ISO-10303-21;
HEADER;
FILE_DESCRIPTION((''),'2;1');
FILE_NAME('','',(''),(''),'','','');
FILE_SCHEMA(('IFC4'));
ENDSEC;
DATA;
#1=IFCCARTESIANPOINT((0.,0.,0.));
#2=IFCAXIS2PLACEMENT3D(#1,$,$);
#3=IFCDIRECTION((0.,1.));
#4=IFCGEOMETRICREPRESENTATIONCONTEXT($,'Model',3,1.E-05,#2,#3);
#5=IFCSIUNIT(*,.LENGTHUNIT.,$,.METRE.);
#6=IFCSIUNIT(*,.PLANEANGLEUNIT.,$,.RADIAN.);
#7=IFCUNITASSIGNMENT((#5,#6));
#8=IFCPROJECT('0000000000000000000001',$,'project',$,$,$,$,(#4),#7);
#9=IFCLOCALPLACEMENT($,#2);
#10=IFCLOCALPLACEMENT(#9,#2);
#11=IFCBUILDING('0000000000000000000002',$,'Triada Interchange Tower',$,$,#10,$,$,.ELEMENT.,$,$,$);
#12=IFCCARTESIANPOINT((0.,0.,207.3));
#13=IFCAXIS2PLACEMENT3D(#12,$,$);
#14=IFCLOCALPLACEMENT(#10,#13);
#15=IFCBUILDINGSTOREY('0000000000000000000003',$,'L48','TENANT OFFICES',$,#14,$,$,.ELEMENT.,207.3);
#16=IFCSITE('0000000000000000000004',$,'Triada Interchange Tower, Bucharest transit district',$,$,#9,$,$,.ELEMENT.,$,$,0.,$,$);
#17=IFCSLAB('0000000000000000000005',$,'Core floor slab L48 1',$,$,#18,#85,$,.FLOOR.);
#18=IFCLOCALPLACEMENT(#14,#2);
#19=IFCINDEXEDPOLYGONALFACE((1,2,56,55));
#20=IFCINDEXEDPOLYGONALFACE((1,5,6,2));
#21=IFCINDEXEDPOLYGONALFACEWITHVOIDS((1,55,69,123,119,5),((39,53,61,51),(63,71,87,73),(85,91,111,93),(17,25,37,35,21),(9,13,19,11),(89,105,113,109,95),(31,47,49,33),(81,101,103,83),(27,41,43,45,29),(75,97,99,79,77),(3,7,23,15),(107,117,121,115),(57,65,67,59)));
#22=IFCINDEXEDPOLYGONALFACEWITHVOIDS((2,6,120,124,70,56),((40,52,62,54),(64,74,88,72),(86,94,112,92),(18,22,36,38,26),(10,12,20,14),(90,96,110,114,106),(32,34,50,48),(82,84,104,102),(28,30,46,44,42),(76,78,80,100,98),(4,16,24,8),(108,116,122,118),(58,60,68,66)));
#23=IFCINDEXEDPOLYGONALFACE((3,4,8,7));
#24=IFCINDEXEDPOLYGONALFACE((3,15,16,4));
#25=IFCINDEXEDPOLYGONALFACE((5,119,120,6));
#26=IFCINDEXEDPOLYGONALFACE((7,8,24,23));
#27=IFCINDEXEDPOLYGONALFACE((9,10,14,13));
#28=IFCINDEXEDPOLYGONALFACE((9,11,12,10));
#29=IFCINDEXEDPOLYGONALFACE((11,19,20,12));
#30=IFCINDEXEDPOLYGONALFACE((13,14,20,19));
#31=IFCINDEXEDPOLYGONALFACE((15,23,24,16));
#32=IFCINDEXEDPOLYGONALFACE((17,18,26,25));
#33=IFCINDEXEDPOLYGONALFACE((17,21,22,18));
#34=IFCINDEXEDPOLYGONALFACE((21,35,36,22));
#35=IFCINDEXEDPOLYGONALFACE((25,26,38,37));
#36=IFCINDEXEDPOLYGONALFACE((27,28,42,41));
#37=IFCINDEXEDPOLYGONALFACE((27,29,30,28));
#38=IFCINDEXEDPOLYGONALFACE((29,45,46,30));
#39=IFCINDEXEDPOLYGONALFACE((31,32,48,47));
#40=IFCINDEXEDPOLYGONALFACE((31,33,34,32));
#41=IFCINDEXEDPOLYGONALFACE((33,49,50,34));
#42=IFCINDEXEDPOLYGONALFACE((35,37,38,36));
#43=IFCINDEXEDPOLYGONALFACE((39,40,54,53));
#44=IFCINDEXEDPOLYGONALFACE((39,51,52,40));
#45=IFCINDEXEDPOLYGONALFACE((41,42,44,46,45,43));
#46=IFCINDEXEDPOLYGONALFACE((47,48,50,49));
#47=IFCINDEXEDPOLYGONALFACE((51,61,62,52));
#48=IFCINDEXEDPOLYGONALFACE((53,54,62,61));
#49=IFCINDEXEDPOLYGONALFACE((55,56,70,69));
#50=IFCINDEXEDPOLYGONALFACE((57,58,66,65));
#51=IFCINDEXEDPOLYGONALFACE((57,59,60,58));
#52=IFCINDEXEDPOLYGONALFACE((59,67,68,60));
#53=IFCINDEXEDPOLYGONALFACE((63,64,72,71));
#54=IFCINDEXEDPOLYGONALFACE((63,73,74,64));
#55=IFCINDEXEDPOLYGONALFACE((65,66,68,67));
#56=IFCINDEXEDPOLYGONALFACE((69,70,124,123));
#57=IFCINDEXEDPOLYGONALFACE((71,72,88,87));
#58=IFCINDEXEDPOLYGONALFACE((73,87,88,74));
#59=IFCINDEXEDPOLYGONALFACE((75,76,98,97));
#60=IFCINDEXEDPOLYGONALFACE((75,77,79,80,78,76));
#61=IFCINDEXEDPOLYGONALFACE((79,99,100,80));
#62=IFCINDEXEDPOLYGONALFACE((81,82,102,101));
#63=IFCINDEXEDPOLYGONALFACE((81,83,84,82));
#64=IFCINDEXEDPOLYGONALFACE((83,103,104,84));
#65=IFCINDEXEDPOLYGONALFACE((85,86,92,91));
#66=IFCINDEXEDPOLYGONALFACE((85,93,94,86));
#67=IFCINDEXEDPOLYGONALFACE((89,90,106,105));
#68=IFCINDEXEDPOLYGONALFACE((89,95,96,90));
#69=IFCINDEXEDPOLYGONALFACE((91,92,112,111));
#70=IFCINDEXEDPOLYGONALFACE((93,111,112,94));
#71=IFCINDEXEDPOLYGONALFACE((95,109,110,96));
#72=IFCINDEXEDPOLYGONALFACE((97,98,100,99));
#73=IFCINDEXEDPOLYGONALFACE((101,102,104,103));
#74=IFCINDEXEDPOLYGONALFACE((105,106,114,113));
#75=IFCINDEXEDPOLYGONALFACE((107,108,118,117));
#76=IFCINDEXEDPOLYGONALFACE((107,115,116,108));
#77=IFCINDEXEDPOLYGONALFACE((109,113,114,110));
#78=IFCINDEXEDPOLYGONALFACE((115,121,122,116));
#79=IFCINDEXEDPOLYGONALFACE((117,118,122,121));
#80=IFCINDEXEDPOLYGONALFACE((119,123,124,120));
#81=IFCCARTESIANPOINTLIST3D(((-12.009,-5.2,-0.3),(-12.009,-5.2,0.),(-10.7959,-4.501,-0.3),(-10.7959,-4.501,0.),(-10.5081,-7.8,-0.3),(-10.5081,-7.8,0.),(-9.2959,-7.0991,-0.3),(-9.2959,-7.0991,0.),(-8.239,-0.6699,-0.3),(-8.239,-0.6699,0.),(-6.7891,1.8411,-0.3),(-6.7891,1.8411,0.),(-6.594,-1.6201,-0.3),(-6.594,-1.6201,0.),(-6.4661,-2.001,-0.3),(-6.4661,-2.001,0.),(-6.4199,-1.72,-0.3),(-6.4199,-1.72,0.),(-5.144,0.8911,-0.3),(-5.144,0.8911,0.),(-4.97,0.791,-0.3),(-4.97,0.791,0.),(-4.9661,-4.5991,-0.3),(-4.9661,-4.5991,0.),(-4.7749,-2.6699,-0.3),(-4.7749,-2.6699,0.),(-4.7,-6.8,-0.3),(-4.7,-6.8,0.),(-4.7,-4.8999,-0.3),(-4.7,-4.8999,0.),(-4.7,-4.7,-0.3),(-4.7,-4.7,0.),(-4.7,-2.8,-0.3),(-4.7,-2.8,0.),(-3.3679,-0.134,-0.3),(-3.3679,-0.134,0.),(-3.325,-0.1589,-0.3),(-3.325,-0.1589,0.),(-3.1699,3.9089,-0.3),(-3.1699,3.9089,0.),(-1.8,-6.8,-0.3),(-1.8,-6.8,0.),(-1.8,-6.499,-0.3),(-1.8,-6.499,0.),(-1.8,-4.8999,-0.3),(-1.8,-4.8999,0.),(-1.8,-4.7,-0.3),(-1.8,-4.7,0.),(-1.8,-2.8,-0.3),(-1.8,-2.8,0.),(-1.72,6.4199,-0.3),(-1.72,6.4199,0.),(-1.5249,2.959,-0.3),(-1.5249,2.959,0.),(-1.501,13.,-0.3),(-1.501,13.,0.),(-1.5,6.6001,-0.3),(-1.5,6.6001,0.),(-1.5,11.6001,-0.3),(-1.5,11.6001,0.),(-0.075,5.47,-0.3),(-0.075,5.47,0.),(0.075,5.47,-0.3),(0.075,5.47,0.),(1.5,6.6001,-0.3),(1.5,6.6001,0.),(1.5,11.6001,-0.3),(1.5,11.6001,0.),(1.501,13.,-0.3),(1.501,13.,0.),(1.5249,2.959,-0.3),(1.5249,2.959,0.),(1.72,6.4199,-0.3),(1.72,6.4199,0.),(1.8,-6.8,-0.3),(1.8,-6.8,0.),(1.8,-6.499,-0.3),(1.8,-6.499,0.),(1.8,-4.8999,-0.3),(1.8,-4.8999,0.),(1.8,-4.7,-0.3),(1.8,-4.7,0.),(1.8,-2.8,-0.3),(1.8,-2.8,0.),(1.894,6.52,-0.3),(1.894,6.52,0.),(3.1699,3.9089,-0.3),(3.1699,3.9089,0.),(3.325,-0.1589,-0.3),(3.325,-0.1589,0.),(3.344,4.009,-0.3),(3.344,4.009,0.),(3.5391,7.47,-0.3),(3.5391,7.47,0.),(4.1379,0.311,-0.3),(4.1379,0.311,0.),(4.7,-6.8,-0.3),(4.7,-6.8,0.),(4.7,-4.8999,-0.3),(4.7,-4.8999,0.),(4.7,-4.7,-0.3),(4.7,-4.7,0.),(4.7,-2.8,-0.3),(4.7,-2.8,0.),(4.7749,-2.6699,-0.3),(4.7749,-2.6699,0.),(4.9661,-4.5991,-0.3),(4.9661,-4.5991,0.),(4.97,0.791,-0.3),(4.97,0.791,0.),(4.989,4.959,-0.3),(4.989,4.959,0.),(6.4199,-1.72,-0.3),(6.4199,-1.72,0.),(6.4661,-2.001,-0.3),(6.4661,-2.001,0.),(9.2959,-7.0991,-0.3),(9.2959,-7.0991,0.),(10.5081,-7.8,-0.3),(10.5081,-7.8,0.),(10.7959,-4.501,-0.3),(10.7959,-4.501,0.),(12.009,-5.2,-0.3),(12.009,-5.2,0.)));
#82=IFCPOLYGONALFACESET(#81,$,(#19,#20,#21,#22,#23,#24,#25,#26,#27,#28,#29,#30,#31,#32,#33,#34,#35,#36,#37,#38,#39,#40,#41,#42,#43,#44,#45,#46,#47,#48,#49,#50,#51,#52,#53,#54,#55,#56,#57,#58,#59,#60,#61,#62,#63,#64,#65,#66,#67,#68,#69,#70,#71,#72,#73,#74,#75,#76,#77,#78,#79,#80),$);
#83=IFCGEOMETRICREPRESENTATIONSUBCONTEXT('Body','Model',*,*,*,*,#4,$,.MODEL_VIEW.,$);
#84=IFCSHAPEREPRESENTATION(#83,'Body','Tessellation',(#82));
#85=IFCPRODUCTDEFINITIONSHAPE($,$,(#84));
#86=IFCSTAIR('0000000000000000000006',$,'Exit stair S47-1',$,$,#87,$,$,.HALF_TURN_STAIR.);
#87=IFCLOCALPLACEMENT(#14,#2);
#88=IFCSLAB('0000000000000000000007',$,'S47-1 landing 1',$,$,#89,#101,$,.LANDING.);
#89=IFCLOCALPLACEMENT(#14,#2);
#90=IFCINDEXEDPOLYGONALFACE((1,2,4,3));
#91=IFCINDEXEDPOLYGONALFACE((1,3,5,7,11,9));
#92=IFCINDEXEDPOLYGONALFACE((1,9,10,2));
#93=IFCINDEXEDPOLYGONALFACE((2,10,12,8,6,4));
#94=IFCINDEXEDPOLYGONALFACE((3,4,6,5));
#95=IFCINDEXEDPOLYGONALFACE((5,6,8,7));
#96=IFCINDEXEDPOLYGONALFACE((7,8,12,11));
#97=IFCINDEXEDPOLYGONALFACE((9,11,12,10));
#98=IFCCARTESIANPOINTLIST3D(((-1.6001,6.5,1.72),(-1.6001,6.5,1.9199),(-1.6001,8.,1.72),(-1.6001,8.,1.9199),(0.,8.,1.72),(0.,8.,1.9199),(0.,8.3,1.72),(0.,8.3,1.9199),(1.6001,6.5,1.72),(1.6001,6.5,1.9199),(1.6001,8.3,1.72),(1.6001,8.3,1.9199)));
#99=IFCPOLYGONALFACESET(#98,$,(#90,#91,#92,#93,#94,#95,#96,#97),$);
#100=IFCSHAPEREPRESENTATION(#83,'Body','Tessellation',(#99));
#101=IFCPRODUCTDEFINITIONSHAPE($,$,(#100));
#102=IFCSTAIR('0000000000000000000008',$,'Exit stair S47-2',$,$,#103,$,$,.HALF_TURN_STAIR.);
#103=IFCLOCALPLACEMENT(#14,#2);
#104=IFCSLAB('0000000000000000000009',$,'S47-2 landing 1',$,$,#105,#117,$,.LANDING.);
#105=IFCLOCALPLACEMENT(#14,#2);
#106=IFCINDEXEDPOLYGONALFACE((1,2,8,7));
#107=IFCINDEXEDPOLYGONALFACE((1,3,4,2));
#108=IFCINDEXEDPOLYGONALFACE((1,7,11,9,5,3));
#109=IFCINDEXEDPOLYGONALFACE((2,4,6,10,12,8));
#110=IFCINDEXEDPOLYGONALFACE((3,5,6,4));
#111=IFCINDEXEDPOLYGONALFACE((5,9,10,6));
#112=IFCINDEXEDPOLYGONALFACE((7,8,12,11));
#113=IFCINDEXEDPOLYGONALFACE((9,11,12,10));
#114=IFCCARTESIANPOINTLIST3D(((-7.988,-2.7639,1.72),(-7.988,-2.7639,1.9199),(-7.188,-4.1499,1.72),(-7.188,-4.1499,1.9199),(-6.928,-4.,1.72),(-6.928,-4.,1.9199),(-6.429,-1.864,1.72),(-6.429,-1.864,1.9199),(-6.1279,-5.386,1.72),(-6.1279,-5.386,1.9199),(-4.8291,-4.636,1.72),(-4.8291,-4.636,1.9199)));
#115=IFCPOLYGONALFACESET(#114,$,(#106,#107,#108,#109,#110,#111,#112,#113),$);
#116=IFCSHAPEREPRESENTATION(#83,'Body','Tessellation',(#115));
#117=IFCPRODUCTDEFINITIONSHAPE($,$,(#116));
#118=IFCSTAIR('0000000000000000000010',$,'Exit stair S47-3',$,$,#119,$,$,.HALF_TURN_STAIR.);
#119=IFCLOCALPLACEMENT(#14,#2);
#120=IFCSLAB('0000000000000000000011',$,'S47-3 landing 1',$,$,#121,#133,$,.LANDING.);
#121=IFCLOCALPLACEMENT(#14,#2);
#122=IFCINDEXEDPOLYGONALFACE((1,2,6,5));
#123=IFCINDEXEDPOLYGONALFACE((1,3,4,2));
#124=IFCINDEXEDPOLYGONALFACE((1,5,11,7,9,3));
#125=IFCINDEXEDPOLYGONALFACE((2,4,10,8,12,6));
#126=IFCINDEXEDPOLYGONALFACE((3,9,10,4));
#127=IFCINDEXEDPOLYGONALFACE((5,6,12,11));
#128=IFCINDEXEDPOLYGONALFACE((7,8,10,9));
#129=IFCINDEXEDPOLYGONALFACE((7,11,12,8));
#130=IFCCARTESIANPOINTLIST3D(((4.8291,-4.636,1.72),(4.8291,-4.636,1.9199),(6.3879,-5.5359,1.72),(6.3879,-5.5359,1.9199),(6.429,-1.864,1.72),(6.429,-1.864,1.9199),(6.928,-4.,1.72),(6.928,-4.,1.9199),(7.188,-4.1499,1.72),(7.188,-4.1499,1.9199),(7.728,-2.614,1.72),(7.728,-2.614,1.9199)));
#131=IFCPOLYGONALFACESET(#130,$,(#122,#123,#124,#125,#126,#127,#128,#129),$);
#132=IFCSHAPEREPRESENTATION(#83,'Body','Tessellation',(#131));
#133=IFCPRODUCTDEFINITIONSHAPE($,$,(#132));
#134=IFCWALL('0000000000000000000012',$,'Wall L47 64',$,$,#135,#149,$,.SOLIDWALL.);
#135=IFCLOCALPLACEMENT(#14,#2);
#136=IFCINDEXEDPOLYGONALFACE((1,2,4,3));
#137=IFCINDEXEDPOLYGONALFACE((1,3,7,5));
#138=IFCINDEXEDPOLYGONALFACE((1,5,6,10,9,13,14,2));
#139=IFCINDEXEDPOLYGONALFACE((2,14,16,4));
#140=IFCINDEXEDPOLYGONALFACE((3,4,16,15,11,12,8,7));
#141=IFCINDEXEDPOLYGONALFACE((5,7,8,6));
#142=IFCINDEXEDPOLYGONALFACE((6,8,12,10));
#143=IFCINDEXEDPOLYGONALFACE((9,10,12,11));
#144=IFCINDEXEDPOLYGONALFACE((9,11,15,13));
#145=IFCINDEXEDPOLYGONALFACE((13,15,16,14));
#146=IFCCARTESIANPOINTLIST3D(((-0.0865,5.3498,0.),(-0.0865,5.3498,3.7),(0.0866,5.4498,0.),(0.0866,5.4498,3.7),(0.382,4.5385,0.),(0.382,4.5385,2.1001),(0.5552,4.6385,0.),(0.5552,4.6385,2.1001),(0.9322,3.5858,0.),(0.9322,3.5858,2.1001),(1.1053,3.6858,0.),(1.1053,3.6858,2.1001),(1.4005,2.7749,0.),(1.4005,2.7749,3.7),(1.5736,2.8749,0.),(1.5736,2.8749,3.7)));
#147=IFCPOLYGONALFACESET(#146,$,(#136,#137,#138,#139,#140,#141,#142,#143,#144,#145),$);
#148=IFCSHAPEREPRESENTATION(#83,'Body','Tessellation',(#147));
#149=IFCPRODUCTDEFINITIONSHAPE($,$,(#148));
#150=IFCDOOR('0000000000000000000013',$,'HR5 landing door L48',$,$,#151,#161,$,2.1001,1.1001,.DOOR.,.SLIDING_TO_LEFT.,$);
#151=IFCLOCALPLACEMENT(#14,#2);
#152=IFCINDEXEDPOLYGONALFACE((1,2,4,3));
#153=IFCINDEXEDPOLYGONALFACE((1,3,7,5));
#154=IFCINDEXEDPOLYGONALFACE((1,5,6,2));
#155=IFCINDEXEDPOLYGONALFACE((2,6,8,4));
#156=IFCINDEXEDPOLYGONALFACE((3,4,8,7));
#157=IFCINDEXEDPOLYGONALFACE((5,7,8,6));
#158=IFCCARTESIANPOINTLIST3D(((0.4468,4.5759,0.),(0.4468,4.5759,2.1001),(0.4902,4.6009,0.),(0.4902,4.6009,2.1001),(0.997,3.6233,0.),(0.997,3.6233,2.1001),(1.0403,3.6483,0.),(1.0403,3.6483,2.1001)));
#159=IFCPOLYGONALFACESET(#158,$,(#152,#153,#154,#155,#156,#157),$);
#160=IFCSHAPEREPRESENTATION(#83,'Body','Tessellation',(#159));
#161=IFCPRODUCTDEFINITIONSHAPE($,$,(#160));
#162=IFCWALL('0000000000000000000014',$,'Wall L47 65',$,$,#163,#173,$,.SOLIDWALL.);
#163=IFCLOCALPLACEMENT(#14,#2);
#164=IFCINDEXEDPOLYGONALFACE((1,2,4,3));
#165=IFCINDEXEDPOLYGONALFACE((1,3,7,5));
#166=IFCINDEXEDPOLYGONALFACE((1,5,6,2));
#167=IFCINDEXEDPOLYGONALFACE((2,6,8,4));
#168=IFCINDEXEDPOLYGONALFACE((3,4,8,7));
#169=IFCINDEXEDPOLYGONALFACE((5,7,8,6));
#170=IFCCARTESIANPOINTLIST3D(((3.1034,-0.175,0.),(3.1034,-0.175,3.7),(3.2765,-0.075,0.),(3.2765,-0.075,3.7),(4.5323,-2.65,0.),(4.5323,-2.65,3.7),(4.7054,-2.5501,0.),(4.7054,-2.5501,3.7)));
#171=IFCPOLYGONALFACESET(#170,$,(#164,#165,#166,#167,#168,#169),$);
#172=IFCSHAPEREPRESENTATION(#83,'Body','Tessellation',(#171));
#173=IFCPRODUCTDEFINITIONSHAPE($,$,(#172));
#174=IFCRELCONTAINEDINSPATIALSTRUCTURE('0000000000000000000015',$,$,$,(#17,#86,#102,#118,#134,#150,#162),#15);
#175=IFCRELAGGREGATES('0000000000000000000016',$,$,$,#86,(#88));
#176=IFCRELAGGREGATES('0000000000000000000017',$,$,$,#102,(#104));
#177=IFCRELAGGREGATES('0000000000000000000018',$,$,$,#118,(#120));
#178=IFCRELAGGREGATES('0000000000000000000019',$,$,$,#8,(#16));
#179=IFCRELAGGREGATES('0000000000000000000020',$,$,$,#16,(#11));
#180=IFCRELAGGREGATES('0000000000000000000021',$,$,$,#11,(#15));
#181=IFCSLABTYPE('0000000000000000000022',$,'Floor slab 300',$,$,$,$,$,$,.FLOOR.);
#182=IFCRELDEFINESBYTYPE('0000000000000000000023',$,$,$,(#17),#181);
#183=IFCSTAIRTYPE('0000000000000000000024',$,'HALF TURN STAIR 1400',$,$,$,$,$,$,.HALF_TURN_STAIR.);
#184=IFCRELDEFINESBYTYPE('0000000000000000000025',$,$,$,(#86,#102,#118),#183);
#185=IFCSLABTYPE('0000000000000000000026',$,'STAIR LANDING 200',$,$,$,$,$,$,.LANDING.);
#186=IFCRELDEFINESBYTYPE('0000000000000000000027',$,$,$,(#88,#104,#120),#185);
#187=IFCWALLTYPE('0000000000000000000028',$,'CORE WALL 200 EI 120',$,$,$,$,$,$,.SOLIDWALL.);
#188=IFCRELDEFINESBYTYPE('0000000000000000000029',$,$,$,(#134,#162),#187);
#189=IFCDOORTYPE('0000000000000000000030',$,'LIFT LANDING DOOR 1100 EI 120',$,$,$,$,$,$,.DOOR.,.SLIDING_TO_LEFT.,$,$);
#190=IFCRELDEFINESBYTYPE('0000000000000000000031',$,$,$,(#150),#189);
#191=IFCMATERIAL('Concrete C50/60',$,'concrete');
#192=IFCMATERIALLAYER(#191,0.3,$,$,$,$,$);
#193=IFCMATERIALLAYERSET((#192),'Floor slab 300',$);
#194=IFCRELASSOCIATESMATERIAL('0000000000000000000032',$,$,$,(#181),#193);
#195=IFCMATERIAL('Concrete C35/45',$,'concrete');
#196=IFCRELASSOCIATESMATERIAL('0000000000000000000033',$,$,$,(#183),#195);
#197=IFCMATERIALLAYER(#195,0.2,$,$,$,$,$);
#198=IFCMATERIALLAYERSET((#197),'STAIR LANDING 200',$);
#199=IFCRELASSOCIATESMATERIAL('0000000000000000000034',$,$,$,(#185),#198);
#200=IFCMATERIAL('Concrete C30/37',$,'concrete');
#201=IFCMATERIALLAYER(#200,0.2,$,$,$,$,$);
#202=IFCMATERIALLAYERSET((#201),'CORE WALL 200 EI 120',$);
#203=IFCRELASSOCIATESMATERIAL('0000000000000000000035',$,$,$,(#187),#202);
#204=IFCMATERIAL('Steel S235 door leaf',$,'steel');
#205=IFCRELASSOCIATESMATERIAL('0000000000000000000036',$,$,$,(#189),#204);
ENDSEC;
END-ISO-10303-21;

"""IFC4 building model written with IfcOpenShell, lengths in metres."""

from ifc_helpers import new_model, si_unit, direction, frame, frame_2d, origin, place, context, subcontext, project, spatial, polyline, rectangle, outline, extrude, material, layer, layer_set, type_object, element, fill, aggregate, save


model = new_model("IFC4")

# Units and contexts
model_context = context("Model", 3, precision=1e-05, world=origin(), true_north=direction((0.0, 1.0)))
body_context = subcontext(model_context, "Body", "Model", "MODEL_VIEW")
ifc_project = project(units=[si_unit("LENGTHUNIT", "METRE"), si_unit("PLANEANGLEUNIT", "RADIAN")], contexts=[model_context])

# Site, building, storey
site_placement = place(None, origin())
site = spatial("IfcSite", under=ifc_project, at=site_placement, Name="Triada Interchange Tower, Bucharest transit district", CompositionType="ELEMENT", RefElevation=0.0)
building_placement = place(site_placement, origin())
building = spatial("IfcBuilding", under=site, at=building_placement, Name="Triada Interchange Tower", CompositionType="ELEMENT")
storey_placement = place(building_placement, frame((0.0, 0.0, 207.3)))
storey = spatial("IfcBuildingStorey", under=building, at=storey_placement, Name="L48", Description="TENANT OFFICES", CompositionType="ELEMENT", Elevation=207.3)

# Slab
ifc_material_1 = material(Name="Concrete C50/60", Category="concrete")
ifc_layer_1 = layer(ifc_material_1, 0.3)
ifc_layer_set_1 = layer_set([ifc_layer_1], Name="Floor slab 300")
slab_type_1 = type_object("IfcSlabType", Name="Floor slab 300", PredefinedType="FLOOR", material=ifc_layer_set_1)
slab_1_placement = place(storey_placement, frame((0.0, 0.0, -0.3)))
element("IfcSlab", 1, at=slab_1_placement, inside=storey, type_object=slab_type_1, Name="Core floor slab L48 1", PredefinedType="FLOOR", context=body_context, shape_type="SweptSolid", body=[
    extrude(outline(polyline([(12.009, -5.2), (10.5081, -7.8), (-10.5081, -7.8), (-12.009, -5.2), (-1.501, 13.0), (1.501, 13.0), (12.009, -5.2)]), holes=[polyline([(9.2959, -7.0991), (10.7959, -4.501), (6.4661, -2.001), (4.9661, -4.5991), (9.2959, -7.0991)]), polyline([(4.7749, -2.6699), (6.4199, -1.72), (4.97, 0.791), (4.1379, 0.311), (3.325, -0.1589), (4.7749, -2.6699)]), polyline([(1.894, 6.52), (3.344, 4.009), (4.989, 4.959), (3.5391, 7.47), (1.894, 6.52)]), polyline([(1.8, -4.8999), (1.8, -6.499), (1.8, -6.8), (4.7, -6.8), (4.7, -4.8999), (1.8, -4.8999)]), polyline([(4.7, -2.8), (1.8, -2.8), (1.8, -4.7), (4.7, -4.7), (4.7, -2.8)]), polyline([(0.075, 5.47), (1.5249, 2.959), (3.1699, 3.9089), (1.72, 6.4199), (0.075, 5.47)]), polyline([(-1.5, 11.6001), (-1.5, 6.6001), (1.5, 6.6001), (1.5, 11.6001), (-1.5, 11.6001)]), polyline([(-1.5249, 2.959), (-0.075, 5.47), (-1.72, 6.4199), (-3.1699, 3.9089), (-1.5249, 2.959)]), polyline([(-1.8, -2.8), (-4.7, -2.8), (-4.7, -4.7), (-1.8, -4.7), (-1.8, -2.8)]), polyline([(-4.7, -6.8), (-1.8, -6.8), (-1.8, -6.499), (-1.8, -4.8999), (-4.7, -4.8999), (-4.7, -6.8)]), polyline([(-3.3679, -0.134), (-4.97, 0.791), (-6.4199, -1.72), (-4.7749, -2.6699), (-3.325, -0.1589), (-3.3679, -0.134)]), polyline([(-10.7959, -4.501), (-9.2959, -7.0991), (-4.9661, -4.5991), (-6.4661, -2.001), (-10.7959, -4.501)]), polyline([(-6.594, -1.6201), (-5.144, 0.8911), (-6.7891, 1.8411), (-8.239, -0.6699), (-6.594, -1.6201)])]), origin(), (0.0, 0.0, 1.0), 0.3),
])

# Stairs, slabs
ifc_material_2 = material(Name="Concrete C35/45", Category="concrete")
stair_type = type_object("IfcStairType", Name="HALF TURN STAIR 1400", PredefinedType="HALF_TURN_STAIR", material=ifc_material_2)
stair_1_placement = place(storey_placement, origin())
stair_1 = element("IfcStair", 2, at=stair_1_placement, inside=storey, type_object=stair_type, Name="Exit stair S47-1", PredefinedType="HALF_TURN_STAIR")
ifc_layer_2 = layer(ifc_material_2, 0.2)
ifc_layer_set_2 = layer_set([ifc_layer_2], Name="STAIR LANDING 200")
slab_type_2 = type_object("IfcSlabType", Name="STAIR LANDING 200", PredefinedType="LANDING", material=ifc_layer_set_2)
slab_2_placement = place(storey_placement, frame((0.0, 0.0, 1.72)))
slab_2 = element("IfcSlab", 3, at=slab_2_placement, type_object=slab_type_2, Name="S47-1 landing 1", PredefinedType="LANDING", context=body_context, shape_type="SweptSolid", body=[
    extrude(outline(polyline([(1.6001, 6.5), (1.6001, 8.3), (0.0, 8.3), (0.0, 8.0), (-1.6001, 8.0), (-1.6001, 6.5), (1.6001, 6.5)])), origin(), (0.0, 0.0, 1.0), 0.2),
])
aggregate(stair_1, [slab_2])
stair_2_placement = place(storey_placement, origin())
stair_2 = element("IfcStair", 4, at=stair_2_placement, inside=storey, type_object=stair_type, Name="Exit stair S47-2", PredefinedType="HALF_TURN_STAIR")
slab_3_placement = place(storey_placement, frame((0.0, 0.0, 1.72)))
slab_3 = element("IfcSlab", 5, at=slab_3_placement, type_object=slab_type_2, Name="S47-2 landing 1", PredefinedType="LANDING", context=body_context, shape_type="SweptSolid", body=[
    extrude(outline(polyline([(-6.429, -1.864), (-7.988, -2.7639), (-7.188, -4.1499), (-6.928, -4.0), (-6.1279, -5.386), (-4.8291, -4.636), (-6.429, -1.864)])), origin(), (0.0, 0.0, 1.0), 0.2),
])
aggregate(stair_2, [slab_3])
stair_3_placement = place(storey_placement, origin())
stair_3 = element("IfcStair", 6, at=stair_3_placement, inside=storey, type_object=stair_type, Name="Exit stair S47-3", PredefinedType="HALF_TURN_STAIR")
slab_4_placement = place(storey_placement, frame((0.0, 0.0, 1.72)))
slab_4 = element("IfcSlab", 7, at=slab_4_placement, type_object=slab_type_2, Name="S47-3 landing 1", PredefinedType="LANDING", context=body_context, shape_type="SweptSolid", body=[
    extrude(outline(polyline([(4.8291, -4.636), (6.3879, -5.5359), (7.188, -4.1499), (6.928, -4.0), (7.728, -2.614), (6.429, -1.864), (4.8291, -4.636)])), origin(), (0.0, 0.0, 1.0), 0.2),
])
aggregate(stair_3, [slab_4])

# Wall, opening, door
ifc_material_3 = material(Name="Concrete C30/37", Category="concrete")
ifc_layer_3 = layer(ifc_material_3, 0.2)
ifc_layer_set_3 = layer_set([ifc_layer_3], Name="CORE WALL 200 EI 120")
wall_type_1 = type_object("IfcWallType", Name="CORE WALL 200 EI 120", PredefinedType="SOLIDWALL", material=ifc_layer_set_3)
wall_1_placement = place(storey_placement, frame((0.0, 5.3999, 0.0), z_axis=(0.0, 0.0, 1.0), x_axis=(0.500104, -0.865965, 0.0)))
wall_1 = element("IfcWall", 8, at=wall_1_placement, inside=storey, type_object=wall_type_1, Name="Wall L47 64", PredefinedType="SOLIDWALL", context=body_context, shape_type="SweptSolid", body=[
    extrude(rectangle(XDim=2.9734, YDim=0.2, at=frame_2d((1.4868, 0.0))), origin(), (0.0, 0.0, 1.0), 3.7),
])
opening_1_placement = place(wall_1_placement, frame((0.937, 0.0, 0.0)))
opening_1 = element("IfcOpeningElement", 9, at=opening_1_placement, cuts=wall_1, PredefinedType="OPENING", context=body_context, shape_type="SweptSolid", body=[
    extrude(rectangle(XDim=1.1001, YDim=2.1001, at=frame_2d((0.55, 1.05))), frame((0.0, 0.1099, 0.0), z_axis=(0.0, -1.0, 0.0), x_axis=(1.0, 0.0, 0.0)), (0.0, 0.0, 1.0), 0.22),
])
ifc_material_4 = material(Name="Steel S235 door leaf", Category="steel")
door_type_1 = type_object("IfcDoorType", Name="LIFT LANDING DOOR 1100 EI 120", OperationType="SLIDING_TO_LEFT", PredefinedType="DOOR", material=ifc_material_4)
door_1_placement = place(opening_1_placement, origin())
door_1 = element("IfcDoor", 10, at=door_1_placement, inside=storey, type_object=door_type_1, Name="HR5 landing door L48", OperationType="SLIDING_TO_LEFT", OverallHeight=2.1001, OverallWidth=1.1001, PredefinedType="DOOR", context=body_context, shape_type="SweptSolid", body=[
    extrude(rectangle(XDim=1.1001, YDim=2.1001, at=frame_2d((0.55, 1.05))), frame((0.0, 0.0249, 0.0), z_axis=(0.0, -1.0, 0.0), x_axis=(1.0, 0.0, 0.0)), (0.0, 0.0, 1.0), 0.05),
])
fill(opening_1, door_1)

# Wall
wall_2_placement = place(storey_placement, frame((3.1899, -0.125, 0.0), z_axis=(0.0, 0.0, 1.0), x_axis=(0.499989, -0.866032, 0.0)))
element("IfcWall", 11, at=wall_2_placement, inside=storey, type_object=wall_type_1, Name="Wall L47 65", PredefinedType="SOLIDWALL", context=body_context, shape_type="SweptSolid", body=[
    extrude(rectangle(XDim=2.8579, YDim=0.2, at=frame_2d((1.429, 0.0))), origin(), (0.0, 0.0, 1.0), 3.7),
])

save(model, "model.ifc")
